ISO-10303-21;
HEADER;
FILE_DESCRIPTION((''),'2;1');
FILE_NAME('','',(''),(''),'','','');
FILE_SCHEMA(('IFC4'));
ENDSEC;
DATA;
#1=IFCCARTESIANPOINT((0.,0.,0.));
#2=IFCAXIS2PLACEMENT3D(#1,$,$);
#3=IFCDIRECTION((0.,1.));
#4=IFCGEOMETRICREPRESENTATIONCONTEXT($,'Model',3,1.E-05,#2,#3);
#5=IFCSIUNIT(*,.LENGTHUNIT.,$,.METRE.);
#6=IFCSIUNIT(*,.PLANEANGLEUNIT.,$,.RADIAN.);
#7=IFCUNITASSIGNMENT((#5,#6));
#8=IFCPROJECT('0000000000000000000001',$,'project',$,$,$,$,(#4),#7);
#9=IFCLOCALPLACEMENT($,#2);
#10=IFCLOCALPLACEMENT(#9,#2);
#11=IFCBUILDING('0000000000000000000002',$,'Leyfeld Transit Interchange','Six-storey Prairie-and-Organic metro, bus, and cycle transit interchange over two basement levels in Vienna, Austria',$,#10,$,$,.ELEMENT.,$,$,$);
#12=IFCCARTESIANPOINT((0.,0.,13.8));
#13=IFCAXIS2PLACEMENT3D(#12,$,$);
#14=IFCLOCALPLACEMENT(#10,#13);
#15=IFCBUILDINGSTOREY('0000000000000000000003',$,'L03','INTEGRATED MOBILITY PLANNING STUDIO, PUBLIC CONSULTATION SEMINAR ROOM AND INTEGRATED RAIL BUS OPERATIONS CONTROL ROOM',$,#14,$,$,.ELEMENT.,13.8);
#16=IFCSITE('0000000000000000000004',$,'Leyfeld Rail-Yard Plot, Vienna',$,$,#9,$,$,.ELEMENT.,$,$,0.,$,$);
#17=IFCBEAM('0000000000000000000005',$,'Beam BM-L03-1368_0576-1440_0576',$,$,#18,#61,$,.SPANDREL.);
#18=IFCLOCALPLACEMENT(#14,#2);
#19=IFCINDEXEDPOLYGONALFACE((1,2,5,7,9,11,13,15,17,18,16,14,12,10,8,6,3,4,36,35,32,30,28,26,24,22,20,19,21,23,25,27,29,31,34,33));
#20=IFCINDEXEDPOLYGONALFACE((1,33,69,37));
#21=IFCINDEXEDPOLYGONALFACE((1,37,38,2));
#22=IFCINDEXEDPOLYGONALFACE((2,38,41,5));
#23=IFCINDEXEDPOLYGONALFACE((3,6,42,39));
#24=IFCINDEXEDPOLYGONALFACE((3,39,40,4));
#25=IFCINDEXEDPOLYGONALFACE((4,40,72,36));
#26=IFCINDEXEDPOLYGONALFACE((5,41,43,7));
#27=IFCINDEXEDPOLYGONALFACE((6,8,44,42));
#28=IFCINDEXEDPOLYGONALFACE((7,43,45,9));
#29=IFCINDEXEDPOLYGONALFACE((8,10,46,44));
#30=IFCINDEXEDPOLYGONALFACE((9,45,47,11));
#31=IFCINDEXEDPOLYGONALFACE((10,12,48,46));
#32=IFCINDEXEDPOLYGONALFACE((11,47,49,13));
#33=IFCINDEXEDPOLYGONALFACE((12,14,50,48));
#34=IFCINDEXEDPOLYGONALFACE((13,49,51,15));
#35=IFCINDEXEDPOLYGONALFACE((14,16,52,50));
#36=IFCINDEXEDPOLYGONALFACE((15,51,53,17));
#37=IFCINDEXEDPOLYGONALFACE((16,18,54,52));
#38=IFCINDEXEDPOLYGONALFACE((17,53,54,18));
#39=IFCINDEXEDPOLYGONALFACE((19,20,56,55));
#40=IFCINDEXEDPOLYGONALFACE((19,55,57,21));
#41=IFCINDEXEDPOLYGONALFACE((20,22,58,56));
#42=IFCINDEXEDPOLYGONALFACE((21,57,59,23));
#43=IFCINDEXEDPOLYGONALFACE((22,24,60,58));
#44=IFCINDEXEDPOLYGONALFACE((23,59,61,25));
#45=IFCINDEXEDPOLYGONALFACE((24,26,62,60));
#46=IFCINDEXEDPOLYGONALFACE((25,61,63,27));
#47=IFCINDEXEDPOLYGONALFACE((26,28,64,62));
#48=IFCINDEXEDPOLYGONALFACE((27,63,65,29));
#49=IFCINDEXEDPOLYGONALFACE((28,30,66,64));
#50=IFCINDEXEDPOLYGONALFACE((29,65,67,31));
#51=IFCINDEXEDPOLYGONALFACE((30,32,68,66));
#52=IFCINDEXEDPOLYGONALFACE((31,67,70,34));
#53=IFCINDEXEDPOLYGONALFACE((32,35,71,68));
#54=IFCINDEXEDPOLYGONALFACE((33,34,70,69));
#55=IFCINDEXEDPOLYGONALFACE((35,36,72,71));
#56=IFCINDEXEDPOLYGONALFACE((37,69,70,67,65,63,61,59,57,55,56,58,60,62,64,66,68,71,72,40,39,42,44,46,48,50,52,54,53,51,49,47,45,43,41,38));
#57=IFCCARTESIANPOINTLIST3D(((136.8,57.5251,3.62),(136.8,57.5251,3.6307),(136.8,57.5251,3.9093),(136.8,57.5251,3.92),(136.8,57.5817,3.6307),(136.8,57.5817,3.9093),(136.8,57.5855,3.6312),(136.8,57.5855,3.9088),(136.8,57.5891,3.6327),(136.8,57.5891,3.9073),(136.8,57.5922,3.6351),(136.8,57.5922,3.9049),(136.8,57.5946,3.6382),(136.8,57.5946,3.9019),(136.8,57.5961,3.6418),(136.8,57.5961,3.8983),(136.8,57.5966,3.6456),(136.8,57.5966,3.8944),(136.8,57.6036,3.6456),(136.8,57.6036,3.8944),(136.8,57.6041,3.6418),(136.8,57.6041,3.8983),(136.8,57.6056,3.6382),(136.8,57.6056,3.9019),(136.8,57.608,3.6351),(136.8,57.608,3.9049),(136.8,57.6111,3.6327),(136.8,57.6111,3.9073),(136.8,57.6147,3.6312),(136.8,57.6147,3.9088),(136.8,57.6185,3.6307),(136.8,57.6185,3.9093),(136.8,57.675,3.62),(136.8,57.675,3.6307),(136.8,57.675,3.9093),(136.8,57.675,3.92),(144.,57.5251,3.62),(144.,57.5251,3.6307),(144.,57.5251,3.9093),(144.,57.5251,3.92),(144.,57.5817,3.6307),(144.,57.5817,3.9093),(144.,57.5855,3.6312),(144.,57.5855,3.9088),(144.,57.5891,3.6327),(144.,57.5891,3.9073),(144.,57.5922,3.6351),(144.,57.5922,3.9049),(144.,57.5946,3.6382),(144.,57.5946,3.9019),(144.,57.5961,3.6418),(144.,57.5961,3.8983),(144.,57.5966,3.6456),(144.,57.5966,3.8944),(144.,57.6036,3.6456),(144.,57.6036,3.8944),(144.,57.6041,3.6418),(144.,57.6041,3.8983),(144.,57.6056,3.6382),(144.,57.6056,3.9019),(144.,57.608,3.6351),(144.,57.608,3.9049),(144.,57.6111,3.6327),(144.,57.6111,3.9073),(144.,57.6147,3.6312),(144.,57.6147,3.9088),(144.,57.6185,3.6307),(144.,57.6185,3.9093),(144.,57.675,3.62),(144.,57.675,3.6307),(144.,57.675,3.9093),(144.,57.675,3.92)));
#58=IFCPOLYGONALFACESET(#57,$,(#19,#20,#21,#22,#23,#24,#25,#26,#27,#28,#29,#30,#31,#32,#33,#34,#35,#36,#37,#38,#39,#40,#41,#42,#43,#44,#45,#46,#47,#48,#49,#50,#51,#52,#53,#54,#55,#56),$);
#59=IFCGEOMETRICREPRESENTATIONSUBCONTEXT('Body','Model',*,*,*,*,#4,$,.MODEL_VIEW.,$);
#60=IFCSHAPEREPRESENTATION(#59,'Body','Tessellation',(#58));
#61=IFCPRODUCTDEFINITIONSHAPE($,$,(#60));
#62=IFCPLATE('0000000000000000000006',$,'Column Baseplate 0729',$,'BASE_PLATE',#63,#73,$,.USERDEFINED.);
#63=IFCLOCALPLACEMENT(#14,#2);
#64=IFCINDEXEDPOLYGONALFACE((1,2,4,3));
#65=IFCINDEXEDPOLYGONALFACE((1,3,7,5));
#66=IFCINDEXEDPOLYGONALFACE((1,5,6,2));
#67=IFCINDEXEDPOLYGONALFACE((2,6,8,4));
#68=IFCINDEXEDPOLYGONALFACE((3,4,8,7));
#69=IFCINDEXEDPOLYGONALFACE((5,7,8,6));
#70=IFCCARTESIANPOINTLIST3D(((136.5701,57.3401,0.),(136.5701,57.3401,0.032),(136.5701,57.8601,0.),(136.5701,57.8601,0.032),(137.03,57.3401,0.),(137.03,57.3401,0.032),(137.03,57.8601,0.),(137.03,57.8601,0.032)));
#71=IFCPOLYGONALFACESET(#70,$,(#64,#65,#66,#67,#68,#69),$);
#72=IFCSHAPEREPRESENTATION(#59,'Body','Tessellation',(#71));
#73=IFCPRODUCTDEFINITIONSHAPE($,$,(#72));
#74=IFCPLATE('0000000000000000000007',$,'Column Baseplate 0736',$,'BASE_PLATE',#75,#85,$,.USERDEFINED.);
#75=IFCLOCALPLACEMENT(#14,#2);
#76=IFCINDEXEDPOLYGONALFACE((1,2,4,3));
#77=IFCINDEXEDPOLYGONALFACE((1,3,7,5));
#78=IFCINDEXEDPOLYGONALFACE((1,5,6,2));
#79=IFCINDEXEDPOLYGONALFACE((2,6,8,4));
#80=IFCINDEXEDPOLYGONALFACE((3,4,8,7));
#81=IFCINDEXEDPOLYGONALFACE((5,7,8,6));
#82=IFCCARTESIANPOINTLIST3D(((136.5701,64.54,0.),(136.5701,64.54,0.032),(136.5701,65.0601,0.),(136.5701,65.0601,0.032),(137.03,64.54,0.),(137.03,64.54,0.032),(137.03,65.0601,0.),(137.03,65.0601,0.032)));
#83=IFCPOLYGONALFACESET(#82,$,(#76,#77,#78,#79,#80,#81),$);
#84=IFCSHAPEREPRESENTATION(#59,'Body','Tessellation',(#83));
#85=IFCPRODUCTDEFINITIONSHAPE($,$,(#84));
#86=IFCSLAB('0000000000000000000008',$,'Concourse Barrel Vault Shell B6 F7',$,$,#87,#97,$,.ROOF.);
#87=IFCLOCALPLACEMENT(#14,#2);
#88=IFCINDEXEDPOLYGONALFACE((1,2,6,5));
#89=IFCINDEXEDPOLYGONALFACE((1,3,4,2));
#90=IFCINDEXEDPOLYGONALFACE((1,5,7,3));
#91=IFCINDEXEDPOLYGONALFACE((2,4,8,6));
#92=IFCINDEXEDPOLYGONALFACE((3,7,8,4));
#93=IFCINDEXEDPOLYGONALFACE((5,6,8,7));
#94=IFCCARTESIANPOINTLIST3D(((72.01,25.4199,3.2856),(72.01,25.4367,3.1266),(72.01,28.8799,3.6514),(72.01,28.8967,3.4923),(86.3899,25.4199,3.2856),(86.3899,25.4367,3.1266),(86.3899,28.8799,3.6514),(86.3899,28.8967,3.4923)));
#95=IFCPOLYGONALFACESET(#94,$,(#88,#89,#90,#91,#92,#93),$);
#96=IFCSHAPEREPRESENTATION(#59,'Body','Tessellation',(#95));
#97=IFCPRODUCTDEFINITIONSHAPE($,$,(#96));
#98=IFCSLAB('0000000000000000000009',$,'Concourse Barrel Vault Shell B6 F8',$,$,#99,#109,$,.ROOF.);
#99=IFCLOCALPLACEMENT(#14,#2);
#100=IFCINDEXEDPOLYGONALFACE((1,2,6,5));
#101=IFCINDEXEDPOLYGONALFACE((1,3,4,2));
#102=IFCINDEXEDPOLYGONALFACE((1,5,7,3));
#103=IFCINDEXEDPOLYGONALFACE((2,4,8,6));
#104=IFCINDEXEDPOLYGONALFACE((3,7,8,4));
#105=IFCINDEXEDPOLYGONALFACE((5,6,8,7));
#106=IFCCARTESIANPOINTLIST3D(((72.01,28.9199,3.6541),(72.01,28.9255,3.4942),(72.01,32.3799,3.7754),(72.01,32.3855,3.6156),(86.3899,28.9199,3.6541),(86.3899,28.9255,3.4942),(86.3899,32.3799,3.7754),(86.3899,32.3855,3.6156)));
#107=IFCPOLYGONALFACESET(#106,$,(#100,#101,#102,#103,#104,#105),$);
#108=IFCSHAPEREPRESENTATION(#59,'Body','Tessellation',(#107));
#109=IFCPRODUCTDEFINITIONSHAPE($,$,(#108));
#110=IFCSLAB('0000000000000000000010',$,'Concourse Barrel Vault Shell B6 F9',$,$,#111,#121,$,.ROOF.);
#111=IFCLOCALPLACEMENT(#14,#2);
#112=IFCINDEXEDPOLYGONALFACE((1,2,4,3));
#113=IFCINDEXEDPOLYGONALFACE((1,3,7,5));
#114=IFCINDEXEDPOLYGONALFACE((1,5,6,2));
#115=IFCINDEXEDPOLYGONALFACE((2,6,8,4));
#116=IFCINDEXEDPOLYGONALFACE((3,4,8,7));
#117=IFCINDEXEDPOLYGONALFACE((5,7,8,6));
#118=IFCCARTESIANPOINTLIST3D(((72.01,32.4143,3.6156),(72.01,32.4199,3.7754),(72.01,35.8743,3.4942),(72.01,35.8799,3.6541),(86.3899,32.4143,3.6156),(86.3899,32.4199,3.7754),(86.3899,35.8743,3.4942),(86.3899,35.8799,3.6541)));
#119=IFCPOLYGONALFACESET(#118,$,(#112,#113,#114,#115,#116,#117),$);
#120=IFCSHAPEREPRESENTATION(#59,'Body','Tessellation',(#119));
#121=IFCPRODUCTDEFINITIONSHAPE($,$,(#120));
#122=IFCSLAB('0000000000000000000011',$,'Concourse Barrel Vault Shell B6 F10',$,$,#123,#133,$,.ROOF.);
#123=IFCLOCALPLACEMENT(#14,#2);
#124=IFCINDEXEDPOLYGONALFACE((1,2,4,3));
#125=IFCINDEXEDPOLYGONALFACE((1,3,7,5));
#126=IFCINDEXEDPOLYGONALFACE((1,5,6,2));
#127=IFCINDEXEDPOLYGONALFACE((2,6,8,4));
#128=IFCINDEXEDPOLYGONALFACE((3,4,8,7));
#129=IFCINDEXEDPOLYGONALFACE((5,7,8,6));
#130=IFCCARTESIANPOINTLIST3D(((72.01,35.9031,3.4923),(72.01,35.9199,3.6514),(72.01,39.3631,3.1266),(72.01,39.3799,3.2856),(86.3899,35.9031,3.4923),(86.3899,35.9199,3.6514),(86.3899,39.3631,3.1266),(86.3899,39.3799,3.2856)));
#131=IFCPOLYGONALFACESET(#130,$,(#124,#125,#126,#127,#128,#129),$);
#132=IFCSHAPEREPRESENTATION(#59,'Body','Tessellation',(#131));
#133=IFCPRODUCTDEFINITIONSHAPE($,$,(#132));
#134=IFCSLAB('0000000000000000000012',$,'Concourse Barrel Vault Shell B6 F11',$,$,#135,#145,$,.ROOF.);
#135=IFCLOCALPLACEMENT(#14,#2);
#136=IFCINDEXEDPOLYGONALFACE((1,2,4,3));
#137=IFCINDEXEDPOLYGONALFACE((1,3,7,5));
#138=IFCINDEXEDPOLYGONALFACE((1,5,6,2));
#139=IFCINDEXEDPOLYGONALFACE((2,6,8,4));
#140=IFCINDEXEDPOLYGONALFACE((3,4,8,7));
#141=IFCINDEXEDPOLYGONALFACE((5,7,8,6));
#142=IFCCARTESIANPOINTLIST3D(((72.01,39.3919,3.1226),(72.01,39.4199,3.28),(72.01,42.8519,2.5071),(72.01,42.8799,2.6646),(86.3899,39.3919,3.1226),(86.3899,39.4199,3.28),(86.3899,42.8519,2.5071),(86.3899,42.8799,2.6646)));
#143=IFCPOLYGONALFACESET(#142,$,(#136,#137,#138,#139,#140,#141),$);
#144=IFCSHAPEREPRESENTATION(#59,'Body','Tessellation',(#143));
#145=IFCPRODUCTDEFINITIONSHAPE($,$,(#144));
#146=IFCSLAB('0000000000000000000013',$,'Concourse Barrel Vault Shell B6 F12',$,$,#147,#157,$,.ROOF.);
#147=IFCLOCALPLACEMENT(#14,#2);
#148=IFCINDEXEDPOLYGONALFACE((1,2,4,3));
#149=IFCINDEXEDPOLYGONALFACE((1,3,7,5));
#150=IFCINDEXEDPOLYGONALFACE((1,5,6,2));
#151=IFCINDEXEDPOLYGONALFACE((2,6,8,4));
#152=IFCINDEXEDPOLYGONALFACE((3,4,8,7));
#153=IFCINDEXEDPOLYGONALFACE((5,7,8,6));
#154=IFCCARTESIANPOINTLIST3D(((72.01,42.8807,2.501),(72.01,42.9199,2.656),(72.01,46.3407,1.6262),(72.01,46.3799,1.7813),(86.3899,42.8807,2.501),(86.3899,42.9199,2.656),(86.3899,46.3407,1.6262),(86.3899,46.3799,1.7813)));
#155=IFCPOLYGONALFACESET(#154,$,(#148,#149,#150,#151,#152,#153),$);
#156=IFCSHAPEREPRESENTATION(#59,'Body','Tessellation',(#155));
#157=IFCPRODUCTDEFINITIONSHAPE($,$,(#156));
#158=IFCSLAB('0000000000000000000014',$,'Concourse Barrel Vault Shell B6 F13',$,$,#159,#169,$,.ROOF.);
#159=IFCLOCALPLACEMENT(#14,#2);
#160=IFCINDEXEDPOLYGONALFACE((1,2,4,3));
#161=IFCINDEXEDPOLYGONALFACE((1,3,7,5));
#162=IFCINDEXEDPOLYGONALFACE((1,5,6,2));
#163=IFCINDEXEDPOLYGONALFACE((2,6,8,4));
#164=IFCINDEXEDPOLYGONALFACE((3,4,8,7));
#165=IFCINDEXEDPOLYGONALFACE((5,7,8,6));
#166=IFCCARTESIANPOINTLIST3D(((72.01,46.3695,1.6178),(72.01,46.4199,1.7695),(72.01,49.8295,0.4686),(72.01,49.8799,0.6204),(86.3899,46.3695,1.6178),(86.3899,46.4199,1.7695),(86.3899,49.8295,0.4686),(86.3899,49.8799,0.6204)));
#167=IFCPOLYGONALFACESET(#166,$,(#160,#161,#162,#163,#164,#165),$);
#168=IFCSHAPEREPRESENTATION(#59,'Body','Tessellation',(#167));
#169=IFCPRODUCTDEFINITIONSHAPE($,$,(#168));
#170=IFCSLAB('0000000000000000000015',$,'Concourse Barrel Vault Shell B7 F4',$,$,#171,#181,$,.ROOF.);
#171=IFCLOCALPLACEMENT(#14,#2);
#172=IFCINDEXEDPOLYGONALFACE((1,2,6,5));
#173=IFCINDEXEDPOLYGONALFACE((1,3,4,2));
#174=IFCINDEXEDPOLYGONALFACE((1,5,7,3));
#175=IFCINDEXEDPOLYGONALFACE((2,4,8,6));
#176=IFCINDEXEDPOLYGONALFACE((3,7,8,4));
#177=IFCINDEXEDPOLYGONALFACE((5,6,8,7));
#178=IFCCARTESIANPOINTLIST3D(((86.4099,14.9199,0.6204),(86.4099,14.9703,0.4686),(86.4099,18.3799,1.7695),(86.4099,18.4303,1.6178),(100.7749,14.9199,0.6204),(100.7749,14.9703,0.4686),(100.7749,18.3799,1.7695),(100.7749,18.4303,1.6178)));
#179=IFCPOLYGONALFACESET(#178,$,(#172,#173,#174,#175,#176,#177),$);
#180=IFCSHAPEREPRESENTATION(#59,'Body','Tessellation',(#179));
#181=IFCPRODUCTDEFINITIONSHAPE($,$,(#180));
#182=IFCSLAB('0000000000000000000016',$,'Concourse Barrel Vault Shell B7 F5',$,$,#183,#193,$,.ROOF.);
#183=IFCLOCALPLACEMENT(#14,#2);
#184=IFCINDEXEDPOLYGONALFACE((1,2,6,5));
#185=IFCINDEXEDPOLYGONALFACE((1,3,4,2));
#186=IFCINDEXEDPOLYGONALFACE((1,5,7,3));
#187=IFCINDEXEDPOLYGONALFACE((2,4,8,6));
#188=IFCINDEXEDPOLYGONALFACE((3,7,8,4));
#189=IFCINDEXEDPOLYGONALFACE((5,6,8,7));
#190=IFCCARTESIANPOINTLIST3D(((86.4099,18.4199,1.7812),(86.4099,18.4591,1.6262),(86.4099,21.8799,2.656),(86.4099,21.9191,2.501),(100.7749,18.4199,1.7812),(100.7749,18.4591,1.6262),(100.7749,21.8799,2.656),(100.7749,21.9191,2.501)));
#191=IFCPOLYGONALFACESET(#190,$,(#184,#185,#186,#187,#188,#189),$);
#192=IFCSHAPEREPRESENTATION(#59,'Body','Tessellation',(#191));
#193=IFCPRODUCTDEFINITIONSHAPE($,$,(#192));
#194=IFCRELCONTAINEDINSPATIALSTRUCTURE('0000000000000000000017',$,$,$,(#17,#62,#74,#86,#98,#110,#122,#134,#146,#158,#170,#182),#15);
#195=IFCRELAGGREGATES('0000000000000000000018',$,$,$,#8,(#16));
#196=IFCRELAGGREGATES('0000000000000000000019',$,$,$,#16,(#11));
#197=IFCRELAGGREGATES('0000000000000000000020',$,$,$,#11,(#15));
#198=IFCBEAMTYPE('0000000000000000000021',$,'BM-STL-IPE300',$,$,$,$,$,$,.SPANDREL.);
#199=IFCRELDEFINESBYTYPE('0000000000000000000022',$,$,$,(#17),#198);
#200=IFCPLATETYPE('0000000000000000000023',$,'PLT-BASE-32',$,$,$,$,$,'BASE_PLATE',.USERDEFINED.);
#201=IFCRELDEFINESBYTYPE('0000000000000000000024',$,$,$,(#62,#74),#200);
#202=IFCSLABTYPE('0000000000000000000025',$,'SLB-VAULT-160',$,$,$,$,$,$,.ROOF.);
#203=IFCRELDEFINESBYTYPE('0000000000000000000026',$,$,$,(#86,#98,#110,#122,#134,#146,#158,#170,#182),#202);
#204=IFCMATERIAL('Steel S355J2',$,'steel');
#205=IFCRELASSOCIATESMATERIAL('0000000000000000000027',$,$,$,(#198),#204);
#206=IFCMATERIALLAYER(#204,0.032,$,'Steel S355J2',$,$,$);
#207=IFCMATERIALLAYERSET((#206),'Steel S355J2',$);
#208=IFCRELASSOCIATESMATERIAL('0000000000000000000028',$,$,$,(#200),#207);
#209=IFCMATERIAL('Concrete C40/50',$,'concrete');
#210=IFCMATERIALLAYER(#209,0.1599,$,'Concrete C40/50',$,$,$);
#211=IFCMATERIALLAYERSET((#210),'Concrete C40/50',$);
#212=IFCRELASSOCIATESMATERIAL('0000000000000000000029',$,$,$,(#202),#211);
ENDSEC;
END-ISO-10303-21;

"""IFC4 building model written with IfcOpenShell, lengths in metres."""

from ifc_helpers import new_model, si_unit, direction, frame, origin, origin_2d, place, context, subcontext, project, spatial, polyline, rectangle, i_section, outline, extrude, material, layer, layer_set, material_profile, profile_set, type_object, element, save


model = new_model("IFC4")

# Units and contexts
model_context = context("Model", 3, precision=1e-05, world=origin(), true_north=direction((0.0, 1.0)))
body_context = subcontext(model_context, "Body", "Model", "MODEL_VIEW")
ifc_project = project(units=[si_unit("LENGTHUNIT", "METRE"), si_unit("PLANEANGLEUNIT", "RADIAN")], contexts=[model_context])

# Site, building, storey
site_placement = place(None, origin())
site = spatial("IfcSite", under=ifc_project, at=site_placement, Name="Leyfeld Rail-Yard Plot, Vienna", CompositionType="ELEMENT", RefElevation=0.0)
building_placement = place(site_placement, origin())
building = spatial("IfcBuilding", under=site, at=building_placement, Name="Leyfeld Transit Interchange", Description="Six-storey Prairie-and-Organic metro, bus, and cycle transit interchange over two basement levels in Vienna, Austria", CompositionType="ELEMENT")
storey_placement = place(building_placement, frame((0.0, 0.0, 13.8)))
storey = spatial("IfcBuildingStorey", under=building, at=storey_placement, Name="L03", Description="INTEGRATED MOBILITY PLANNING STUDIO, PUBLIC CONSULTATION SEMINAR ROOM AND INTEGRATED RAIL BUS OPERATIONS CONTROL ROOM", CompositionType="ELEMENT", Elevation=13.8)

# Shared definitions
ifc_material_1 = material(Name="Steel S355J2", Category="steel")

# Beam
ifc_material_profile_1 = material_profile(ifc_material_1, i_section(OverallWidth=0.1499, OverallDepth=0.3, WebThickness=0.0071, FlangeThickness=0.0107, FilletRadius=0.0149, at=origin_2d()), Name="IPE 300")
ifc_profile_set_1 = profile_set([ifc_material_profile_1], Name="Steel S355J2")
beam_type = type_object("IfcBeamType", Name="BM-STL-IPE300", PredefinedType="SPANDREL", material=ifc_profile_set_1)
for number, where, z_axis, x_axis, name in (
    (1, (136.8, 57.6001, 3.77), (1.0, 0.0, 0.0), (0.0, 1.0, 0.0), "Beam BM-L03-1368_0576-1440_0576"),
):
    element("IfcBeam", number, at=place(storey_placement, frame(where, z_axis=z_axis, x_axis=x_axis)), inside=storey, type_object=beam_type, Name=name, PredefinedType="SPANDREL", context=body_context, shape_type="SweptSolid", body=[
        extrude(i_section(OverallWidth=0.1499, OverallDepth=0.3, WebThickness=0.0071, FlangeThickness=0.0107, FilletRadius=0.0149, at=origin_2d()), origin(), (0.0, 0.0, 1.0), 7.2),
    ])

# Plates
ifc_layer_1 = layer(ifc_material_1, 0.032, Name="Steel S355J2")
ifc_layer_set_1 = layer_set([ifc_layer_1], Name="Steel S355J2")
plate_type = type_object("IfcPlateType", Name="PLT-BASE-32", ElementType="BASE_PLATE", PredefinedType="USERDEFINED", material=ifc_layer_set_1)
for number, where, z_axis, x_axis, name in (
    (2, (136.8, 57.6001, 0.0), (0.0, 0.0, 1.0), (1.0, 0.0, 0.0), "Column Baseplate 0729"),
    (3, (136.8, 64.8, 0.0), (0.0, 0.0, 1.0), (1.0, 0.0, 0.0), "Column Baseplate 0736"),
):
    element("IfcPlate", number, at=place(storey_placement, frame(where, z_axis=z_axis, x_axis=x_axis)), inside=storey, type_object=plate_type, Name=name, ObjectType="BASE_PLATE", PredefinedType="USERDEFINED", context=body_context, shape_type="SweptSolid", body=[
        extrude(rectangle(XDim=0.46, YDim=0.52, at=origin_2d()), origin(), (0.0, 0.0, 1.0), 0.032),
    ])

# Slabs
ifc_material_2 = material(Name="Concrete C40/50", Category="concrete")
ifc_layer_2 = layer(ifc_material_2, 0.1599, Name="Concrete C40/50")
ifc_layer_set_2 = layer_set([ifc_layer_2], Name="Concrete C40/50")
slab_type = type_object("IfcSlabType", Name="SLB-VAULT-160", PredefinedType="ROOF", material=ifc_layer_set_2)
slab_1_placement = place(storey_placement, frame((72.01, 25.4199, 3.2856), z_axis=(0.0, -0.105116, 0.99446), x_axis=(1.0, 0.0, 0.0)))
element("IfcSlab", 4, at=slab_1_placement, inside=storey, type_object=slab_type, Name="Concourse Barrel Vault Shell B6 F7", PredefinedType="ROOF", context=body_context, shape_type="SweptSolid", body=[
    extrude(outline(polyline([(0.0, 0.0), (14.3799, 0.0), (14.3799, 3.4792), (0.0, 3.4792), (0.0, 0.0)])), origin(), (0.0, 0.0, -1.0), 0.1599),
])
for number, where, z_axis, x_axis, name in (
    (5, (72.01, 28.9199, 3.6541), (0.0, -0.035048, 0.999386), (1.0, 0.0, 0.0), "Concourse Barrel Vault Shell B6 F8"),
    (6, (72.01, 32.4199, 3.7754), (0.0, 0.035048, 0.999386), (1.0, 0.0, 0.0), "Concourse Barrel Vault Shell B6 F9"),
):
    element("IfcSlab", number, at=place(storey_placement, frame(where, z_axis=z_axis, x_axis=x_axis)), inside=storey, type_object=slab_type, Name=name, PredefinedType="ROOF", context=body_context, shape_type="SweptSolid", body=[
        extrude(outline(polyline([(0.0, 0.0), (14.3799, 0.0), (14.3799, 3.4621), (0.0, 3.4621), (0.0, 0.0)])), origin(), (0.0, 0.0, -1.0), 0.1599),
    ])
slab_2_placement = place(storey_placement, frame((72.01, 35.9199, 3.6514), z_axis=(0.0, 0.105116, 0.99446), x_axis=(1.0, 0.0, 0.0)))
element("IfcSlab", 7, at=slab_2_placement, inside=storey, type_object=slab_type, Name="Concourse Barrel Vault Shell B6 F10", PredefinedType="ROOF", context=body_context, shape_type="SweptSolid", body=[
    extrude(outline(polyline([(0.0, 0.0), (14.3799, 0.0), (14.3799, 3.4792), (0.0, 3.4792), (0.0, 0.0)])), origin(), (0.0, 0.0, -1.0), 0.1599),
])
slab_3_placement = place(storey_placement, frame((72.01, 39.4199, 3.28), z_axis=(0.0, 0.175137, 0.984544), x_axis=(1.0, 0.0, 0.0)))
element("IfcSlab", 8, at=slab_3_placement, inside=storey, type_object=slab_type, Name="Concourse Barrel Vault Shell B6 F11", PredefinedType="ROOF", context=body_context, shape_type="SweptSolid", body=[
    extrude(outline(polyline([(0.0, 0.0), (14.3799, 0.0), (14.3799, 3.5143), (0.0, 3.5143), (0.0, 0.0)])), origin(), (0.0, 0.0, -1.0), 0.1599),
])
slab_4_placement = place(storey_placement, frame((72.01, 42.9199, 2.656), z_axis=(0.0, 0.24511, 0.969495), x_axis=(1.0, 0.0, 0.0)))
element("IfcSlab", 9, at=slab_4_placement, inside=storey, type_object=slab_type, Name="Concourse Barrel Vault Shell B6 F12", PredefinedType="ROOF", context=body_context, shape_type="SweptSolid", body=[
    extrude(outline(polyline([(0.0, 0.0), (14.3799, 0.0), (14.3799, 3.5688), (0.0, 3.5688), (0.0, 0.0)])), origin(), (0.0, 0.0, -1.0), 0.1599),
])
slab_5_placement = place(storey_placement, frame((72.01, 46.4199, 1.7695), z_axis=(0.0, 0.315203, 0.949024), x_axis=(1.0, 0.0, 0.0)))
element("IfcSlab", 10, at=slab_5_placement, inside=storey, type_object=slab_type, Name="Concourse Barrel Vault Shell B6 F13", PredefinedType="ROOF", context=body_context, shape_type="SweptSolid", body=[
    extrude(outline(polyline([(0.0, 0.0), (14.3799, 0.0), (14.3799, 3.6458), (0.0, 3.6458), (0.0, 0.0)])), origin(), (0.0, 0.0, -1.0), 0.1599),
])
slab_6_placement = place(storey_placement, frame((86.4099, 14.9199, 0.6204), z_axis=(0.0, -0.315203, 0.949024), x_axis=(1.0, 0.0, 0.0)))
element("IfcSlab", 11, at=slab_6_placement, inside=storey, type_object=slab_type, Name="Concourse Barrel Vault Shell B7 F4", PredefinedType="ROOF", context=body_context, shape_type="SweptSolid", body=[
    extrude(outline(polyline([(0.0, 0.0), (14.365, 0.0), (14.365, 3.6458), (0.0, 3.6458), (0.0, 0.0)])), origin(), (0.0, 0.0, -1.0), 0.1599),
])
slab_7_placement = place(storey_placement, frame((86.4099, 18.4199, 1.7812), z_axis=(0.0, -0.24511, 0.969495), x_axis=(1.0, 0.0, 0.0)))
element("IfcSlab", 12, at=slab_7_placement, inside=storey, type_object=slab_type, Name="Concourse Barrel Vault Shell B7 F5", PredefinedType="ROOF", context=body_context, shape_type="SweptSolid", body=[
    extrude(outline(polyline([(0.0, 0.0), (14.365, 0.0), (14.365, 3.5688), (0.0, 3.5688), (0.0, 0.0)])), origin(), (0.0, 0.0, -1.0), 0.1599),
])

save(model, "model.ifc")
